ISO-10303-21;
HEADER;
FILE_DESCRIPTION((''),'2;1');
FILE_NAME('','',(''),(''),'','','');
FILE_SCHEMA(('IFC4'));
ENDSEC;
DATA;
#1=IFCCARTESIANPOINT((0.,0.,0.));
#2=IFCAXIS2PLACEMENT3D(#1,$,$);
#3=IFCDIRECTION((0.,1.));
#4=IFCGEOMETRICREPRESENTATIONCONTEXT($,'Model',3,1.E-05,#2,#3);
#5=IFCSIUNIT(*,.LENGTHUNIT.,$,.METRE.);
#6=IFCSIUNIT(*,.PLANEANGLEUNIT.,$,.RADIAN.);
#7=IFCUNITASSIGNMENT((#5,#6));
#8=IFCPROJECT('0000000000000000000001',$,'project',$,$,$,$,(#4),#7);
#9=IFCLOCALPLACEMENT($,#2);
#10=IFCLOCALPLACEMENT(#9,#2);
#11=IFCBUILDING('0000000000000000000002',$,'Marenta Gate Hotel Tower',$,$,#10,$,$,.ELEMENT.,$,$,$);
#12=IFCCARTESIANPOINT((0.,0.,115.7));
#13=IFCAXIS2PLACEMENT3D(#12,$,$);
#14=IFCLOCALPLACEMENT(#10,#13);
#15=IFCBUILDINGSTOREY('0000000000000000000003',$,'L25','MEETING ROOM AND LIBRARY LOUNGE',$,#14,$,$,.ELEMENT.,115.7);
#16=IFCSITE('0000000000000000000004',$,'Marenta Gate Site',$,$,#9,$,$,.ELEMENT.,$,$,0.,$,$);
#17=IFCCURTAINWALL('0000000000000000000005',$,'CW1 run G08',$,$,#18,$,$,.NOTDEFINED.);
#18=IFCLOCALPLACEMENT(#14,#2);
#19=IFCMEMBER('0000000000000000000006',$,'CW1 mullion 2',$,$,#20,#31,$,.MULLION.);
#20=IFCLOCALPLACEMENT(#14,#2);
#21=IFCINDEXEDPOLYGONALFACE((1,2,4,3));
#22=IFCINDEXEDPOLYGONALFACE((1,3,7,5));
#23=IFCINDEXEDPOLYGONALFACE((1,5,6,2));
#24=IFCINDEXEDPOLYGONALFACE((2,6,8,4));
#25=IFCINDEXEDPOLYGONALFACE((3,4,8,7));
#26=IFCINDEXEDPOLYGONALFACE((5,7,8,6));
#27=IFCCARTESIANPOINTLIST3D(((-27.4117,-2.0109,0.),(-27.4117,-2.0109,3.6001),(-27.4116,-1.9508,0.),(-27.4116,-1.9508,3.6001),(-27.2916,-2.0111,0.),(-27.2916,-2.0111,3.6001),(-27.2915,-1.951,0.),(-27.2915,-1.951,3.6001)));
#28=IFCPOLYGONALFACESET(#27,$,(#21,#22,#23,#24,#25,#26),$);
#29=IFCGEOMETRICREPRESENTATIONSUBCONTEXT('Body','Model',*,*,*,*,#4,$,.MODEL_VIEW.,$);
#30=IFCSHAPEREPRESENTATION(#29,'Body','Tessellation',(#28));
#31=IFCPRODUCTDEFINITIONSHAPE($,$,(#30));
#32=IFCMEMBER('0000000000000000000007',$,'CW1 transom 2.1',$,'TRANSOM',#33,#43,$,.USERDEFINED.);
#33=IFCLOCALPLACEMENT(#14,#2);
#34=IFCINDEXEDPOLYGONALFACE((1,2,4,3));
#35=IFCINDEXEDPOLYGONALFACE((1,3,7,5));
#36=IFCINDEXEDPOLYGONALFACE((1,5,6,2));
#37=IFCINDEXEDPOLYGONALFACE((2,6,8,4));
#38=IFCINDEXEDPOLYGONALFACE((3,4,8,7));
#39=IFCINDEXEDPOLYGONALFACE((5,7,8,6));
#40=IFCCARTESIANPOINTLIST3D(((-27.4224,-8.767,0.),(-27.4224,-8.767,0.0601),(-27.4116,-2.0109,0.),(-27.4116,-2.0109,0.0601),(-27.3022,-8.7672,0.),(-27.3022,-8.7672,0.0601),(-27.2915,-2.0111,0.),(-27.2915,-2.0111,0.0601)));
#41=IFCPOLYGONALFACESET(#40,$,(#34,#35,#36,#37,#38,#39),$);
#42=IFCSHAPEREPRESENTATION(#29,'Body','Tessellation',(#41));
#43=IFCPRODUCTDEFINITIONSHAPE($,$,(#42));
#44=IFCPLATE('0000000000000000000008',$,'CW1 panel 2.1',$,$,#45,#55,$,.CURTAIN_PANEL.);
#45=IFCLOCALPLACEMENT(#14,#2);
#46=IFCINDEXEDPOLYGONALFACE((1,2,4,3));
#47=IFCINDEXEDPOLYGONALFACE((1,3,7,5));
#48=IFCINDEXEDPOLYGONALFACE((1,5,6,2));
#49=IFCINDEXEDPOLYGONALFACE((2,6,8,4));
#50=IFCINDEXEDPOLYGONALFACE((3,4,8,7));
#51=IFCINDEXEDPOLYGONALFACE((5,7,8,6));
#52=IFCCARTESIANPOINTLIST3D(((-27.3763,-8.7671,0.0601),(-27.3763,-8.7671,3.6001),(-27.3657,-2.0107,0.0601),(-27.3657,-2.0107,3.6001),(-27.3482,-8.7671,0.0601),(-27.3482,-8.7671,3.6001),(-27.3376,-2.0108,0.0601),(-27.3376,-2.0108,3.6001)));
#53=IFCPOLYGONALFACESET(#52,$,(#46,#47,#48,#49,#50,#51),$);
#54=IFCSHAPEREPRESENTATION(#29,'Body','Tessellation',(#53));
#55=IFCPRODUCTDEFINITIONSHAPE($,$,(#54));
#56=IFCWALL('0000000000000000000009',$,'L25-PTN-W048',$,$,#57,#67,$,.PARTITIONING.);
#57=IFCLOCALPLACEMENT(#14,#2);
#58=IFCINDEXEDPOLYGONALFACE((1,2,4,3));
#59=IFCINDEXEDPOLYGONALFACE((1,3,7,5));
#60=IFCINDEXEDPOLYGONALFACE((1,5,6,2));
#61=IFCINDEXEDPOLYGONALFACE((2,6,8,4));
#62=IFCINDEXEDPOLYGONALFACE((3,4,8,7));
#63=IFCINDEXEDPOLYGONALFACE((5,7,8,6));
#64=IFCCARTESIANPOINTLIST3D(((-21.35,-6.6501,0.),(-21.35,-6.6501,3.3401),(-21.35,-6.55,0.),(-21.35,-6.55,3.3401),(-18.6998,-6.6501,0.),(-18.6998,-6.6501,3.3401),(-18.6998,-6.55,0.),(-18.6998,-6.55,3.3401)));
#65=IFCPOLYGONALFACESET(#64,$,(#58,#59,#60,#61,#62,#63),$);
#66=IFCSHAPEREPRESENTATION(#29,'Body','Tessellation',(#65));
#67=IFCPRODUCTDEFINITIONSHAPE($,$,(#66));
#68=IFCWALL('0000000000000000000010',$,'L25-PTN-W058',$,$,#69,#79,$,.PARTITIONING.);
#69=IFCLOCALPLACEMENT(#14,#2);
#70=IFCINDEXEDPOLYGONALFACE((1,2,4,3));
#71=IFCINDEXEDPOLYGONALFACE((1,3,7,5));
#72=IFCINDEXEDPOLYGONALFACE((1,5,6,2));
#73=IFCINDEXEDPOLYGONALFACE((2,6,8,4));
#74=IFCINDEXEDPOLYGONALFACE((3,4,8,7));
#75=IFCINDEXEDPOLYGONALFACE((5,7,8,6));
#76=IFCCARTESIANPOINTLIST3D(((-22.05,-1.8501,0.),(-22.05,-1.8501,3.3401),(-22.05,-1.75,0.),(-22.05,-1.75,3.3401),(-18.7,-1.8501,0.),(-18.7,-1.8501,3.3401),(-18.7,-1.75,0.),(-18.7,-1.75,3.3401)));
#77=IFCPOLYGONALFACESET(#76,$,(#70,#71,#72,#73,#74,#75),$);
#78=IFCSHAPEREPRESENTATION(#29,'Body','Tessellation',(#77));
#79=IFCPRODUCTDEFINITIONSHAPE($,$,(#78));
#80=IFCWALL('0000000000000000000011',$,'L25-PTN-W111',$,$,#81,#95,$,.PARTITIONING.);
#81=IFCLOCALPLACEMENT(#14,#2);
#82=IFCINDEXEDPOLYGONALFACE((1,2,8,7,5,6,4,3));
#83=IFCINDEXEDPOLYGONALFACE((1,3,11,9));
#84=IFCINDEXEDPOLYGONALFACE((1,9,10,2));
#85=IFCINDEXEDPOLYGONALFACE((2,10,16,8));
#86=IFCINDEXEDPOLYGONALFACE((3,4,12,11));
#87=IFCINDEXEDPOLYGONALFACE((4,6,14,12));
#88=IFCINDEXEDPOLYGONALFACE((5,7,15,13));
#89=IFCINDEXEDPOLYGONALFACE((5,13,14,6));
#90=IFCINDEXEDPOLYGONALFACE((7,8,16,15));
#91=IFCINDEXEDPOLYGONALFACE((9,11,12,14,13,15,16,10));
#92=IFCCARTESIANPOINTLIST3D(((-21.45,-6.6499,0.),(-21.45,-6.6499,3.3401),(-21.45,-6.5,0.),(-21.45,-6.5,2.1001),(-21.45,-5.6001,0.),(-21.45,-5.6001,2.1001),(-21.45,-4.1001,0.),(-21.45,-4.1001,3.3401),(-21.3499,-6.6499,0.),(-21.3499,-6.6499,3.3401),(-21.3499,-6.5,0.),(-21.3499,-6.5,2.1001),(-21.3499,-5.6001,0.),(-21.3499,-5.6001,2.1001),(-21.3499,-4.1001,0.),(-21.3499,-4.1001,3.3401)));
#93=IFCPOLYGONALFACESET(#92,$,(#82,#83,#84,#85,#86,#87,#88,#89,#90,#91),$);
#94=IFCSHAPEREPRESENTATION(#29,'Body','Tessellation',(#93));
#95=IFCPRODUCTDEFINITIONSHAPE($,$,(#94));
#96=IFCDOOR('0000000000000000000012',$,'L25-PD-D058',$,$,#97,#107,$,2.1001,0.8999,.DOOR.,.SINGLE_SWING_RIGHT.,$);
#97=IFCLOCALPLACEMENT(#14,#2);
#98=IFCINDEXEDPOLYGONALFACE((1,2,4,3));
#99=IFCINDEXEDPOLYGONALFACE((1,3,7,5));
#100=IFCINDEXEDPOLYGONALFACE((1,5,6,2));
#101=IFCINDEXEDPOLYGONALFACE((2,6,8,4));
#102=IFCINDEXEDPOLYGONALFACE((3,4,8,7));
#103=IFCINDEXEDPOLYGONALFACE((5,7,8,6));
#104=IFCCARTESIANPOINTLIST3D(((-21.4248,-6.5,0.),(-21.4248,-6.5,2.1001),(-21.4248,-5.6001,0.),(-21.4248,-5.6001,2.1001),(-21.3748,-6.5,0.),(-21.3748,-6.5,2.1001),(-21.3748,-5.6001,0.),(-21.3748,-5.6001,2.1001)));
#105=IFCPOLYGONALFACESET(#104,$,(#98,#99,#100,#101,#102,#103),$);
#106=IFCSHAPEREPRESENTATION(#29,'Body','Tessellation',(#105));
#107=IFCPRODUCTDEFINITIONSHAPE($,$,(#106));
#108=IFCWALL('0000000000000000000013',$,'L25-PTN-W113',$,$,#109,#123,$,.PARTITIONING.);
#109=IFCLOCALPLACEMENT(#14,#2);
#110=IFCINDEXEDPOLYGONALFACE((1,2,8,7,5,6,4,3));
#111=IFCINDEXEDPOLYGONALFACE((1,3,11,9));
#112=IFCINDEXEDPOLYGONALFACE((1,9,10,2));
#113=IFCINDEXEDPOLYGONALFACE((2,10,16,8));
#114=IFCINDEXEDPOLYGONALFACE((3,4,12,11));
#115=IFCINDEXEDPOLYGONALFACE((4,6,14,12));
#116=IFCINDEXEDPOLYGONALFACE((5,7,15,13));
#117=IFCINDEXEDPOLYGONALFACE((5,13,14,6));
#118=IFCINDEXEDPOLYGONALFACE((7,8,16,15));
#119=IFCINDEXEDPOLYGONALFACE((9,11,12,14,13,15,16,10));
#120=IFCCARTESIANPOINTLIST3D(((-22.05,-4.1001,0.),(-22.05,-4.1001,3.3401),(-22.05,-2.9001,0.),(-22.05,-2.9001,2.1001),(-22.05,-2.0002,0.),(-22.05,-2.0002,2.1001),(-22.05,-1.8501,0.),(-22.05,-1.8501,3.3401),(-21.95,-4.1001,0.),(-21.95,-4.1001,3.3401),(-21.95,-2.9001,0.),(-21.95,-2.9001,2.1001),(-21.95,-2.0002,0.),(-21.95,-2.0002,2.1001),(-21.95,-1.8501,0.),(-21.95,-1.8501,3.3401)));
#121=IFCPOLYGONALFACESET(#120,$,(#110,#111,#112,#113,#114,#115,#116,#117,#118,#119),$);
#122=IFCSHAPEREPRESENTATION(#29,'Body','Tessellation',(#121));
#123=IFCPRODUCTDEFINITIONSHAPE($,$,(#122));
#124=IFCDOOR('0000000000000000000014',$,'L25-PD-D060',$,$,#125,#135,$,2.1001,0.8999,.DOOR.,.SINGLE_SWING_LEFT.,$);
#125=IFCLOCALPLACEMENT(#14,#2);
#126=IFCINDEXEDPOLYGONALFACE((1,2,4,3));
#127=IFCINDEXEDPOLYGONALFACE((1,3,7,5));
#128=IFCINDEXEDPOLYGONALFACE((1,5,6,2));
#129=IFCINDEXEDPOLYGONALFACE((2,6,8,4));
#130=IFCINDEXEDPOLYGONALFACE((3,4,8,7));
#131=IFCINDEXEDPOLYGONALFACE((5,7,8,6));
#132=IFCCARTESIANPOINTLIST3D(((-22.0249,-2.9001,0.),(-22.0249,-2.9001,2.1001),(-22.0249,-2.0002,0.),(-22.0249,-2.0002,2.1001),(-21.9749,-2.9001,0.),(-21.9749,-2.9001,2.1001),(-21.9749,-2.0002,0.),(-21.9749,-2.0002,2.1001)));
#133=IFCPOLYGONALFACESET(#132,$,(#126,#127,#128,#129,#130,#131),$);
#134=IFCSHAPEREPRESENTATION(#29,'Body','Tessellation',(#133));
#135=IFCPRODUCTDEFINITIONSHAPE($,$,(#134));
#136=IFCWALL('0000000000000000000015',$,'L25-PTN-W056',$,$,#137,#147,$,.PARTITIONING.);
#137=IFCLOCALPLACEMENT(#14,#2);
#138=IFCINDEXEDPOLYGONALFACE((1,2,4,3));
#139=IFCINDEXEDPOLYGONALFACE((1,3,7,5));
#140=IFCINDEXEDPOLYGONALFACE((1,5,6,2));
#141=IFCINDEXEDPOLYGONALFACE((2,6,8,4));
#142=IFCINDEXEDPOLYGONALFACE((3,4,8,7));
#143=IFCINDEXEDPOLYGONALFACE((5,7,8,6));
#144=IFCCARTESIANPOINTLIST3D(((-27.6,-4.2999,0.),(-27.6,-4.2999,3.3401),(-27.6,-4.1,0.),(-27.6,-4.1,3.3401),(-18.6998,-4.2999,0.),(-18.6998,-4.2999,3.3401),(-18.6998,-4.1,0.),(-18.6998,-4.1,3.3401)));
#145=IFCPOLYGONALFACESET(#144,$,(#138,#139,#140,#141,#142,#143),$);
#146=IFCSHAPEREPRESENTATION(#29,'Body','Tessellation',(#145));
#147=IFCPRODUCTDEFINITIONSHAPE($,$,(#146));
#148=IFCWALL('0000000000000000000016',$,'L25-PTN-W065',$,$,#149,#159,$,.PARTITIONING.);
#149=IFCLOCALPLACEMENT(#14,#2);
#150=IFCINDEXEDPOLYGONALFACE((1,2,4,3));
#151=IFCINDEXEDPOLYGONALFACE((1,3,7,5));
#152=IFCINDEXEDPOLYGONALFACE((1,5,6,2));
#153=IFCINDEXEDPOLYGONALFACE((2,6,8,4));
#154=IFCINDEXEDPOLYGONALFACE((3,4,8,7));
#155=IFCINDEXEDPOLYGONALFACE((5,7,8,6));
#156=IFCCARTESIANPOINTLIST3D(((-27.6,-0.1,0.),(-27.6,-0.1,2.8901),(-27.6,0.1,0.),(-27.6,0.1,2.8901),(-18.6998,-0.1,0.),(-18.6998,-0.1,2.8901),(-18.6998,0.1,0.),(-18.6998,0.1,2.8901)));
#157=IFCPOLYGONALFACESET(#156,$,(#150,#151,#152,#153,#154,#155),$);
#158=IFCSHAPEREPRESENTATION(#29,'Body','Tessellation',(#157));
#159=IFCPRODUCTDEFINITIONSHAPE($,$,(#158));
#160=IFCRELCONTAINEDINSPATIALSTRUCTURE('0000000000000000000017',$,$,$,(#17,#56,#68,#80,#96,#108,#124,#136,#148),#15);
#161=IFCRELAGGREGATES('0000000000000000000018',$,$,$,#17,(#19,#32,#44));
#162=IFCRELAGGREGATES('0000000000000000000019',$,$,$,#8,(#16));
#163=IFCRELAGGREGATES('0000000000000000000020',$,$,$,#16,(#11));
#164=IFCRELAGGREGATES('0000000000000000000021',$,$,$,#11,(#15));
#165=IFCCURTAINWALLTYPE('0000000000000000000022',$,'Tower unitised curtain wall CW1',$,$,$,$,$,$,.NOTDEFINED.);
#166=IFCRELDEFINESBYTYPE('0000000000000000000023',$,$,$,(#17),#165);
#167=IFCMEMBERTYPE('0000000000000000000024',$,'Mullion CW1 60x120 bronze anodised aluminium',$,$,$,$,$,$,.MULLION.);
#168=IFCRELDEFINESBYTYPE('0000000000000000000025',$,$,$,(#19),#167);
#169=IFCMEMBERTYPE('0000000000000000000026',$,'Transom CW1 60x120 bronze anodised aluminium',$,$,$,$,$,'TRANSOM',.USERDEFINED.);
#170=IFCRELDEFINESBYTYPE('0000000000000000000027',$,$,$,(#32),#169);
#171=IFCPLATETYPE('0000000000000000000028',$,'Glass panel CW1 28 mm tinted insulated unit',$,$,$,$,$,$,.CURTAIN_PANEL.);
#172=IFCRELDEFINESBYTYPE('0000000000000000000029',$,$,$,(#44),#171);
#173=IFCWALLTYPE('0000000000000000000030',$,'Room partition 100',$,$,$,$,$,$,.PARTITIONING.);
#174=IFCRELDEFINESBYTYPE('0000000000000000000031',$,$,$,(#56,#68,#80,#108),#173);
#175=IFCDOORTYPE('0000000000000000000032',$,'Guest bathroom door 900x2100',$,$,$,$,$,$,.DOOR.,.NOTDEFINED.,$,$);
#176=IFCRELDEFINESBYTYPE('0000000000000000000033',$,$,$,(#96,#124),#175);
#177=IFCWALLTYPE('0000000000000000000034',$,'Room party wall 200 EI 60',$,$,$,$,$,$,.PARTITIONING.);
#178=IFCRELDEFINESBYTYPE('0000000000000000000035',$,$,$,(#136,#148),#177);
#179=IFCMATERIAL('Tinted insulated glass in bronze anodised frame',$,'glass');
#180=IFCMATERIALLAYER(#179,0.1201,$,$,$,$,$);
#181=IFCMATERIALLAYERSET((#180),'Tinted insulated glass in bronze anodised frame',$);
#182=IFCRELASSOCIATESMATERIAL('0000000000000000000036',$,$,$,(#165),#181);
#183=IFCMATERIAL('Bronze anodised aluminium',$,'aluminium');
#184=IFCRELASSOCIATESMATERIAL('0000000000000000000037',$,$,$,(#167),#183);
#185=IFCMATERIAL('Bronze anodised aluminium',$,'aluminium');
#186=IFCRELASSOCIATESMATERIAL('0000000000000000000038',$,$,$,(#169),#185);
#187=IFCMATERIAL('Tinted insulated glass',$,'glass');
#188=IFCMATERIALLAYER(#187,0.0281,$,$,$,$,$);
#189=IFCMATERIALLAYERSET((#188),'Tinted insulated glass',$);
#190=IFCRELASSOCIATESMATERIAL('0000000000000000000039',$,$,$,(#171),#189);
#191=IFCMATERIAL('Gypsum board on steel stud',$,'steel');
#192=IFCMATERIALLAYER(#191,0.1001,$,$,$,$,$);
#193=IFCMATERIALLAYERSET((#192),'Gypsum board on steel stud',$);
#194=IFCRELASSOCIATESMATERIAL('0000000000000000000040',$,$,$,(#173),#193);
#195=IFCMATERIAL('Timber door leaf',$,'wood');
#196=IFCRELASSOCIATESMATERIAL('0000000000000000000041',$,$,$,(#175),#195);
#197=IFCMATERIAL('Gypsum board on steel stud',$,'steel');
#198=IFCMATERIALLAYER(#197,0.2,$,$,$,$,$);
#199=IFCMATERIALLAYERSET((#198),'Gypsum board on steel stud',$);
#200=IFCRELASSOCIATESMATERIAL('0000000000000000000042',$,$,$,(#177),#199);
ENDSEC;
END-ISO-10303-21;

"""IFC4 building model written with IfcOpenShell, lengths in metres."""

from ifc_helpers import new_model, si_unit, direction, frame, frame_2d, origin, origin_2d, place, context, subcontext, project, spatial, rectangle, extrude, material, layer, layer_set, material_profile, profile_set, type_object, element, fill, aggregate, save


model = new_model("IFC4")

# Units and contexts
model_context = context("Model", 3, precision=1e-05, world=origin(), true_north=direction((0.0, 1.0)))
body_context = subcontext(model_context, "Body", "Model", "MODEL_VIEW")
ifc_project = project(units=[si_unit("LENGTHUNIT", "METRE"), si_unit("PLANEANGLEUNIT", "RADIAN")], contexts=[model_context])

# Site, building, storey
site_placement = place(None, origin())
site = spatial("IfcSite", under=ifc_project, at=site_placement, Name="Marenta Gate Site", CompositionType="ELEMENT", RefElevation=0.0)
building_placement = place(site_placement, origin())
building = spatial("IfcBuilding", under=site, at=building_placement, Name="Marenta Gate Hotel Tower", CompositionType="ELEMENT")
storey_placement = place(building_placement, frame((0.0, 0.0, 115.7)))
storey = spatial("IfcBuildingStorey", under=building, at=storey_placement, Name="L25", Description="MEETING ROOM AND LIBRARY LOUNGE", CompositionType="ELEMENT", Elevation=115.7)

# Curtain wall, members, plate
ifc_material_1 = material(Name="Tinted insulated glass in bronze anodised frame", Category="glass")
ifc_layer_1 = layer(ifc_material_1, 0.1201)
ifc_layer_set_1 = layer_set([ifc_layer_1], Name="Tinted insulated glass in bronze anodised frame")
curtain_wall_type = type_object("IfcCurtainWallType", Name="Tower unitised curtain wall CW1", PredefinedType="NOTDEFINED", material=ifc_layer_set_1)
curtain_wall_placement = place(storey_placement, origin())
curtain_wall = element("IfcCurtainWall", 1, at=curtain_wall_placement, inside=storey, type_object=curtain_wall_type, Name="CW1 run G08", PredefinedType="NOTDEFINED")
ifc_material_2 = material(Name="Bronze anodised aluminium", Category="aluminium")
ifc_material_profile_1 = material_profile(ifc_material_2, rectangle(XDim=0.1201, YDim=0.0601, at=origin_2d()), Name="Mullion CW1 60x120 bronze anodised aluminium")
ifc_profile_set_1 = profile_set([ifc_material_profile_1], Name="Bronze anodised aluminium")
member_type_1 = type_object("IfcMemberType", Name="Mullion CW1 60x120 bronze anodised aluminium", PredefinedType="MULLION", material=ifc_profile_set_1)
member_1_placement = place(storey_placement, frame((-27.3516, -1.981, 0.0), z_axis=(0.0, 0.0, 1.0), x_axis=(0.999999, -0.001565, 0.0)))
member_1 = element("IfcMember", 2, at=member_1_placement, type_object=member_type_1, Name="CW1 mullion 2", PredefinedType="MULLION", context=body_context, shape_type="SweptSolid", body=[
    extrude(rectangle(XDim=0.1201, YDim=0.0601, at=origin_2d()), origin(), (0.0, 0.0, 1.0), 3.6001),
])
ifc_material_3 = material(Name="Bronze anodised aluminium", Category="aluminium")
ifc_material_profile_2 = material_profile(ifc_material_3, rectangle(XDim=0.1201, YDim=0.0601, at=origin_2d()), Name="Transom CW1 60x120 bronze anodised aluminium")
ifc_profile_set_2 = profile_set([ifc_material_profile_2], Name="Bronze anodised aluminium")
member_type_2 = type_object("IfcMemberType", Name="Transom CW1 60x120 bronze anodised aluminium", ElementType="TRANSOM", PredefinedType="USERDEFINED", material=ifc_profile_set_2)
member_2_placement = place(storey_placement, frame((-27.3516, -2.011, 0.03), z_axis=(-0.00159, -0.999999, 0.0), x_axis=(0.999999, -0.00159, 0.0)))
member_2 = element("IfcMember", 3, at=member_2_placement, type_object=member_type_2, Name="CW1 transom 2.1", ObjectType="TRANSOM", PredefinedType="USERDEFINED", context=body_context, shape_type="SweptSolid", body=[
    extrude(rectangle(XDim=0.1201, YDim=0.0601, at=origin_2d()), origin(), (0.0, 0.0, 1.0), 6.7561),
])
ifc_material_4 = material(Name="Tinted insulated glass", Category="glass")
ifc_layer_2 = layer(ifc_material_4, 0.0281)
ifc_layer_set_2 = layer_set([ifc_layer_2], Name="Tinted insulated glass")
plate_type = type_object("IfcPlateType", Name="Glass panel CW1 28 mm tinted insulated unit", PredefinedType="CURTAIN_PANEL", material=ifc_layer_set_2)
plate_placement = place(storey_placement, frame((-27.3569, -5.3889, 0.0601), z_axis=(0.0, 0.0, 1.0), x_axis=(-0.001565, -0.999999, 0.0)))
plate = element("IfcPlate", 4, at=plate_placement, type_object=plate_type, Name="CW1 panel 2.1", PredefinedType="CURTAIN_PANEL", context=body_context, shape_type="SweptSolid", body=[
    extrude(rectangle(XDim=6.7563, YDim=0.0281, at=origin_2d()), origin(), (0.0, 0.0, 1.0), 3.54),
])
aggregate(curtain_wall, [member_1, member_2, plate])

# Walls
ifc_material_5 = material(Name="Gypsum board on steel stud", Category="steel")
ifc_layer_3 = layer(ifc_material_5, 0.1001)
ifc_layer_set_3 = layer_set([ifc_layer_3], Name="Gypsum board on steel stud")
wall_type_1 = type_object("IfcWallType", Name="Room partition 100", PredefinedType="PARTITIONING", material=ifc_layer_set_3)
wall_1_placement = place(storey_placement, frame((-21.3501, -6.6001, 0.0), z_axis=(0.0, 0.0, 1.0), x_axis=(1.0, 0.0, 0.0)))
element("IfcWall", 5, at=wall_1_placement, inside=storey, type_object=wall_type_1, Name="L25-PTN-W048", PredefinedType="PARTITIONING", context=body_context, shape_type="SweptSolid", body=[
    extrude(rectangle(XDim=2.6501, YDim=0.1001, at=frame_2d((1.3252, 0.0))), origin(), (0.0, 0.0, 1.0), 3.3401),
])
wall_2_placement = place(storey_placement, frame((-22.05, -1.8, 0.0), z_axis=(0.0, 0.0, 1.0), x_axis=(1.0, 0.0, 0.0)))
element("IfcWall", 6, at=wall_2_placement, inside=storey, type_object=wall_type_1, Name="L25-PTN-W058", PredefinedType="PARTITIONING", context=body_context, shape_type="SweptSolid", body=[
    extrude(rectangle(XDim=3.3501, YDim=0.1001, at=frame_2d((1.675, 0.0))), origin(), (0.0, 0.0, 1.0), 3.3401),
])

# Walls, openings, doors
wall_3_placement = place(storey_placement, frame((-21.3999, -6.6499, 0.0), z_axis=(0.0, 0.0, 1.0), x_axis=(0.0, 1.0, 0.0)))
wall_3 = element("IfcWall", 7, at=wall_3_placement, inside=storey, type_object=wall_type_1, Name="L25-PTN-W111", PredefinedType="PARTITIONING", context=body_context, shape_type="SweptSolid", body=[
    extrude(rectangle(XDim=2.5498, YDim=0.1001, at=frame_2d((1.2749, 0.0))), origin(), (0.0, 0.0, 1.0), 3.3401),
])
opening_1_placement = place(wall_3_placement, frame((0.1499, 0.0, 0.0)))
opening_1 = element("IfcOpeningElement", 8, at=opening_1_placement, cuts=wall_3, PredefinedType="OPENING", context=body_context, shape_type="SweptSolid", body=[
    extrude(rectangle(XDim=0.8999, YDim=2.1001, at=frame_2d((0.45, 1.05))), frame((0.0, 0.05, 0.0), z_axis=(0.0, -1.0, 0.0), x_axis=(1.0, 0.0, 0.0)), (0.0, 0.0, 1.0), 0.1001),
])
ifc_material_6 = material(Name="Timber door leaf", Category="wood")
door_type_1 = type_object("IfcDoorType", Name="Guest bathroom door 900x2100", OperationType="NOTDEFINED", PredefinedType="DOOR", material=ifc_material_6)
door_1_placement = place(opening_1_placement, origin())
door_1 = element("IfcDoor", 9, at=door_1_placement, inside=storey, type_object=door_type_1, Name="L25-PD-D058", OperationType="SINGLE_SWING_RIGHT", OverallHeight=2.1001, OverallWidth=0.8999, PredefinedType="DOOR", context=body_context, shape_type="SweptSolid", body=[
    extrude(rectangle(XDim=0.8999, YDim=2.1001, at=frame_2d((0.45, 1.05))), frame((0.0, 0.0249, 0.0), z_axis=(0.0, -1.0, 0.0), x_axis=(1.0, 0.0, 0.0)), (0.0, 0.0, 1.0), 0.05),
])
fill(opening_1, door_1)
wall_4_placement = place(storey_placement, frame((-22.0, -4.1001, 0.0), z_axis=(0.0, 0.0, 1.0), x_axis=(0.0, 1.0, 0.0)))
wall_4 = element("IfcWall", 10, at=wall_4_placement, inside=storey, type_object=wall_type_1, Name="L25-PTN-W113", PredefinedType="PARTITIONING", context=body_context, shape_type="SweptSolid", body=[
    extrude(rectangle(XDim=2.25, YDim=0.1001, at=frame_2d((1.125, 0.0))), origin(), (0.0, 0.0, 1.0), 3.3401),
])
opening_2_placement = place(wall_4_placement, frame((1.2, 0.0, 0.0)))
opening_2 = element("IfcOpeningElement", 11, at=opening_2_placement, cuts=wall_4, PredefinedType="OPENING", context=body_context, shape_type="SweptSolid", body=[
    extrude(rectangle(XDim=0.8999, YDim=2.1001, at=frame_2d((0.45, 1.05))), frame((0.0, 0.05, 0.0), z_axis=(0.0, -1.0, 0.0), x_axis=(1.0, 0.0, 0.0)), (0.0, 0.0, 1.0), 0.1001),
])
door_2_placement = place(opening_2_placement, origin())
door_2 = element("IfcDoor", 12, at=door_2_placement, inside=storey, type_object=door_type_1, Name="L25-PD-D060", OperationType="SINGLE_SWING_LEFT", OverallHeight=2.1001, OverallWidth=0.8999, PredefinedType="DOOR", context=body_context, shape_type="SweptSolid", body=[
    extrude(rectangle(XDim=0.8999, YDim=2.1001, at=frame_2d((0.45, 1.05))), frame((0.0, 0.0249, 0.0), z_axis=(0.0, -1.0, 0.0), x_axis=(1.0, 0.0, 0.0)), (0.0, 0.0, 1.0), 0.05),
])
fill(opening_2, door_2)

# Walls
ifc_material_7 = material(Name="Gypsum board on steel stud", Category="steel")
ifc_layer_4 = layer(ifc_material_7, 0.2)
ifc_layer_set_4 = layer_set([ifc_layer_4], Name="Gypsum board on steel stud")
wall_type_2 = type_object("IfcWallType", Name="Room party wall 200 EI 60", PredefinedType="PARTITIONING", material=ifc_layer_set_4)
wall_5_placement = place(storey_placement, frame((-27.6001, -4.2, 0.0), z_axis=(0.0, 0.0, 1.0), x_axis=(1.0, 0.0, 0.0)))
element("IfcWall", 13, at=wall_5_placement, inside=storey, type_object=wall_type_2, Name="L25-PTN-W056", PredefinedType="PARTITIONING", context=body_context, shape_type="SweptSolid", body=[
    extrude(rectangle(XDim=8.9001, YDim=0.2, at=frame_2d((4.4502, 0.0))), origin(), (0.0, 0.0, 1.0), 3.3401),
])
wall_6_placement = place(storey_placement, frame((-27.6001, 0.0, 0.0), z_axis=(0.0, 0.0, 1.0), x_axis=(1.0, 0.0, 0.0)))
element("IfcWall", 14, at=wall_6_placement, inside=storey, type_object=wall_type_2, Name="L25-PTN-W065", PredefinedType="PARTITIONING", context=body_context, shape_type="SweptSolid", body=[
    extrude(rectangle(XDim=8.9001, YDim=0.2, at=frame_2d((4.4502, 0.0))), origin(), (0.0, 0.0, 1.0), 2.8901),
])

save(model, "model.ifc")
